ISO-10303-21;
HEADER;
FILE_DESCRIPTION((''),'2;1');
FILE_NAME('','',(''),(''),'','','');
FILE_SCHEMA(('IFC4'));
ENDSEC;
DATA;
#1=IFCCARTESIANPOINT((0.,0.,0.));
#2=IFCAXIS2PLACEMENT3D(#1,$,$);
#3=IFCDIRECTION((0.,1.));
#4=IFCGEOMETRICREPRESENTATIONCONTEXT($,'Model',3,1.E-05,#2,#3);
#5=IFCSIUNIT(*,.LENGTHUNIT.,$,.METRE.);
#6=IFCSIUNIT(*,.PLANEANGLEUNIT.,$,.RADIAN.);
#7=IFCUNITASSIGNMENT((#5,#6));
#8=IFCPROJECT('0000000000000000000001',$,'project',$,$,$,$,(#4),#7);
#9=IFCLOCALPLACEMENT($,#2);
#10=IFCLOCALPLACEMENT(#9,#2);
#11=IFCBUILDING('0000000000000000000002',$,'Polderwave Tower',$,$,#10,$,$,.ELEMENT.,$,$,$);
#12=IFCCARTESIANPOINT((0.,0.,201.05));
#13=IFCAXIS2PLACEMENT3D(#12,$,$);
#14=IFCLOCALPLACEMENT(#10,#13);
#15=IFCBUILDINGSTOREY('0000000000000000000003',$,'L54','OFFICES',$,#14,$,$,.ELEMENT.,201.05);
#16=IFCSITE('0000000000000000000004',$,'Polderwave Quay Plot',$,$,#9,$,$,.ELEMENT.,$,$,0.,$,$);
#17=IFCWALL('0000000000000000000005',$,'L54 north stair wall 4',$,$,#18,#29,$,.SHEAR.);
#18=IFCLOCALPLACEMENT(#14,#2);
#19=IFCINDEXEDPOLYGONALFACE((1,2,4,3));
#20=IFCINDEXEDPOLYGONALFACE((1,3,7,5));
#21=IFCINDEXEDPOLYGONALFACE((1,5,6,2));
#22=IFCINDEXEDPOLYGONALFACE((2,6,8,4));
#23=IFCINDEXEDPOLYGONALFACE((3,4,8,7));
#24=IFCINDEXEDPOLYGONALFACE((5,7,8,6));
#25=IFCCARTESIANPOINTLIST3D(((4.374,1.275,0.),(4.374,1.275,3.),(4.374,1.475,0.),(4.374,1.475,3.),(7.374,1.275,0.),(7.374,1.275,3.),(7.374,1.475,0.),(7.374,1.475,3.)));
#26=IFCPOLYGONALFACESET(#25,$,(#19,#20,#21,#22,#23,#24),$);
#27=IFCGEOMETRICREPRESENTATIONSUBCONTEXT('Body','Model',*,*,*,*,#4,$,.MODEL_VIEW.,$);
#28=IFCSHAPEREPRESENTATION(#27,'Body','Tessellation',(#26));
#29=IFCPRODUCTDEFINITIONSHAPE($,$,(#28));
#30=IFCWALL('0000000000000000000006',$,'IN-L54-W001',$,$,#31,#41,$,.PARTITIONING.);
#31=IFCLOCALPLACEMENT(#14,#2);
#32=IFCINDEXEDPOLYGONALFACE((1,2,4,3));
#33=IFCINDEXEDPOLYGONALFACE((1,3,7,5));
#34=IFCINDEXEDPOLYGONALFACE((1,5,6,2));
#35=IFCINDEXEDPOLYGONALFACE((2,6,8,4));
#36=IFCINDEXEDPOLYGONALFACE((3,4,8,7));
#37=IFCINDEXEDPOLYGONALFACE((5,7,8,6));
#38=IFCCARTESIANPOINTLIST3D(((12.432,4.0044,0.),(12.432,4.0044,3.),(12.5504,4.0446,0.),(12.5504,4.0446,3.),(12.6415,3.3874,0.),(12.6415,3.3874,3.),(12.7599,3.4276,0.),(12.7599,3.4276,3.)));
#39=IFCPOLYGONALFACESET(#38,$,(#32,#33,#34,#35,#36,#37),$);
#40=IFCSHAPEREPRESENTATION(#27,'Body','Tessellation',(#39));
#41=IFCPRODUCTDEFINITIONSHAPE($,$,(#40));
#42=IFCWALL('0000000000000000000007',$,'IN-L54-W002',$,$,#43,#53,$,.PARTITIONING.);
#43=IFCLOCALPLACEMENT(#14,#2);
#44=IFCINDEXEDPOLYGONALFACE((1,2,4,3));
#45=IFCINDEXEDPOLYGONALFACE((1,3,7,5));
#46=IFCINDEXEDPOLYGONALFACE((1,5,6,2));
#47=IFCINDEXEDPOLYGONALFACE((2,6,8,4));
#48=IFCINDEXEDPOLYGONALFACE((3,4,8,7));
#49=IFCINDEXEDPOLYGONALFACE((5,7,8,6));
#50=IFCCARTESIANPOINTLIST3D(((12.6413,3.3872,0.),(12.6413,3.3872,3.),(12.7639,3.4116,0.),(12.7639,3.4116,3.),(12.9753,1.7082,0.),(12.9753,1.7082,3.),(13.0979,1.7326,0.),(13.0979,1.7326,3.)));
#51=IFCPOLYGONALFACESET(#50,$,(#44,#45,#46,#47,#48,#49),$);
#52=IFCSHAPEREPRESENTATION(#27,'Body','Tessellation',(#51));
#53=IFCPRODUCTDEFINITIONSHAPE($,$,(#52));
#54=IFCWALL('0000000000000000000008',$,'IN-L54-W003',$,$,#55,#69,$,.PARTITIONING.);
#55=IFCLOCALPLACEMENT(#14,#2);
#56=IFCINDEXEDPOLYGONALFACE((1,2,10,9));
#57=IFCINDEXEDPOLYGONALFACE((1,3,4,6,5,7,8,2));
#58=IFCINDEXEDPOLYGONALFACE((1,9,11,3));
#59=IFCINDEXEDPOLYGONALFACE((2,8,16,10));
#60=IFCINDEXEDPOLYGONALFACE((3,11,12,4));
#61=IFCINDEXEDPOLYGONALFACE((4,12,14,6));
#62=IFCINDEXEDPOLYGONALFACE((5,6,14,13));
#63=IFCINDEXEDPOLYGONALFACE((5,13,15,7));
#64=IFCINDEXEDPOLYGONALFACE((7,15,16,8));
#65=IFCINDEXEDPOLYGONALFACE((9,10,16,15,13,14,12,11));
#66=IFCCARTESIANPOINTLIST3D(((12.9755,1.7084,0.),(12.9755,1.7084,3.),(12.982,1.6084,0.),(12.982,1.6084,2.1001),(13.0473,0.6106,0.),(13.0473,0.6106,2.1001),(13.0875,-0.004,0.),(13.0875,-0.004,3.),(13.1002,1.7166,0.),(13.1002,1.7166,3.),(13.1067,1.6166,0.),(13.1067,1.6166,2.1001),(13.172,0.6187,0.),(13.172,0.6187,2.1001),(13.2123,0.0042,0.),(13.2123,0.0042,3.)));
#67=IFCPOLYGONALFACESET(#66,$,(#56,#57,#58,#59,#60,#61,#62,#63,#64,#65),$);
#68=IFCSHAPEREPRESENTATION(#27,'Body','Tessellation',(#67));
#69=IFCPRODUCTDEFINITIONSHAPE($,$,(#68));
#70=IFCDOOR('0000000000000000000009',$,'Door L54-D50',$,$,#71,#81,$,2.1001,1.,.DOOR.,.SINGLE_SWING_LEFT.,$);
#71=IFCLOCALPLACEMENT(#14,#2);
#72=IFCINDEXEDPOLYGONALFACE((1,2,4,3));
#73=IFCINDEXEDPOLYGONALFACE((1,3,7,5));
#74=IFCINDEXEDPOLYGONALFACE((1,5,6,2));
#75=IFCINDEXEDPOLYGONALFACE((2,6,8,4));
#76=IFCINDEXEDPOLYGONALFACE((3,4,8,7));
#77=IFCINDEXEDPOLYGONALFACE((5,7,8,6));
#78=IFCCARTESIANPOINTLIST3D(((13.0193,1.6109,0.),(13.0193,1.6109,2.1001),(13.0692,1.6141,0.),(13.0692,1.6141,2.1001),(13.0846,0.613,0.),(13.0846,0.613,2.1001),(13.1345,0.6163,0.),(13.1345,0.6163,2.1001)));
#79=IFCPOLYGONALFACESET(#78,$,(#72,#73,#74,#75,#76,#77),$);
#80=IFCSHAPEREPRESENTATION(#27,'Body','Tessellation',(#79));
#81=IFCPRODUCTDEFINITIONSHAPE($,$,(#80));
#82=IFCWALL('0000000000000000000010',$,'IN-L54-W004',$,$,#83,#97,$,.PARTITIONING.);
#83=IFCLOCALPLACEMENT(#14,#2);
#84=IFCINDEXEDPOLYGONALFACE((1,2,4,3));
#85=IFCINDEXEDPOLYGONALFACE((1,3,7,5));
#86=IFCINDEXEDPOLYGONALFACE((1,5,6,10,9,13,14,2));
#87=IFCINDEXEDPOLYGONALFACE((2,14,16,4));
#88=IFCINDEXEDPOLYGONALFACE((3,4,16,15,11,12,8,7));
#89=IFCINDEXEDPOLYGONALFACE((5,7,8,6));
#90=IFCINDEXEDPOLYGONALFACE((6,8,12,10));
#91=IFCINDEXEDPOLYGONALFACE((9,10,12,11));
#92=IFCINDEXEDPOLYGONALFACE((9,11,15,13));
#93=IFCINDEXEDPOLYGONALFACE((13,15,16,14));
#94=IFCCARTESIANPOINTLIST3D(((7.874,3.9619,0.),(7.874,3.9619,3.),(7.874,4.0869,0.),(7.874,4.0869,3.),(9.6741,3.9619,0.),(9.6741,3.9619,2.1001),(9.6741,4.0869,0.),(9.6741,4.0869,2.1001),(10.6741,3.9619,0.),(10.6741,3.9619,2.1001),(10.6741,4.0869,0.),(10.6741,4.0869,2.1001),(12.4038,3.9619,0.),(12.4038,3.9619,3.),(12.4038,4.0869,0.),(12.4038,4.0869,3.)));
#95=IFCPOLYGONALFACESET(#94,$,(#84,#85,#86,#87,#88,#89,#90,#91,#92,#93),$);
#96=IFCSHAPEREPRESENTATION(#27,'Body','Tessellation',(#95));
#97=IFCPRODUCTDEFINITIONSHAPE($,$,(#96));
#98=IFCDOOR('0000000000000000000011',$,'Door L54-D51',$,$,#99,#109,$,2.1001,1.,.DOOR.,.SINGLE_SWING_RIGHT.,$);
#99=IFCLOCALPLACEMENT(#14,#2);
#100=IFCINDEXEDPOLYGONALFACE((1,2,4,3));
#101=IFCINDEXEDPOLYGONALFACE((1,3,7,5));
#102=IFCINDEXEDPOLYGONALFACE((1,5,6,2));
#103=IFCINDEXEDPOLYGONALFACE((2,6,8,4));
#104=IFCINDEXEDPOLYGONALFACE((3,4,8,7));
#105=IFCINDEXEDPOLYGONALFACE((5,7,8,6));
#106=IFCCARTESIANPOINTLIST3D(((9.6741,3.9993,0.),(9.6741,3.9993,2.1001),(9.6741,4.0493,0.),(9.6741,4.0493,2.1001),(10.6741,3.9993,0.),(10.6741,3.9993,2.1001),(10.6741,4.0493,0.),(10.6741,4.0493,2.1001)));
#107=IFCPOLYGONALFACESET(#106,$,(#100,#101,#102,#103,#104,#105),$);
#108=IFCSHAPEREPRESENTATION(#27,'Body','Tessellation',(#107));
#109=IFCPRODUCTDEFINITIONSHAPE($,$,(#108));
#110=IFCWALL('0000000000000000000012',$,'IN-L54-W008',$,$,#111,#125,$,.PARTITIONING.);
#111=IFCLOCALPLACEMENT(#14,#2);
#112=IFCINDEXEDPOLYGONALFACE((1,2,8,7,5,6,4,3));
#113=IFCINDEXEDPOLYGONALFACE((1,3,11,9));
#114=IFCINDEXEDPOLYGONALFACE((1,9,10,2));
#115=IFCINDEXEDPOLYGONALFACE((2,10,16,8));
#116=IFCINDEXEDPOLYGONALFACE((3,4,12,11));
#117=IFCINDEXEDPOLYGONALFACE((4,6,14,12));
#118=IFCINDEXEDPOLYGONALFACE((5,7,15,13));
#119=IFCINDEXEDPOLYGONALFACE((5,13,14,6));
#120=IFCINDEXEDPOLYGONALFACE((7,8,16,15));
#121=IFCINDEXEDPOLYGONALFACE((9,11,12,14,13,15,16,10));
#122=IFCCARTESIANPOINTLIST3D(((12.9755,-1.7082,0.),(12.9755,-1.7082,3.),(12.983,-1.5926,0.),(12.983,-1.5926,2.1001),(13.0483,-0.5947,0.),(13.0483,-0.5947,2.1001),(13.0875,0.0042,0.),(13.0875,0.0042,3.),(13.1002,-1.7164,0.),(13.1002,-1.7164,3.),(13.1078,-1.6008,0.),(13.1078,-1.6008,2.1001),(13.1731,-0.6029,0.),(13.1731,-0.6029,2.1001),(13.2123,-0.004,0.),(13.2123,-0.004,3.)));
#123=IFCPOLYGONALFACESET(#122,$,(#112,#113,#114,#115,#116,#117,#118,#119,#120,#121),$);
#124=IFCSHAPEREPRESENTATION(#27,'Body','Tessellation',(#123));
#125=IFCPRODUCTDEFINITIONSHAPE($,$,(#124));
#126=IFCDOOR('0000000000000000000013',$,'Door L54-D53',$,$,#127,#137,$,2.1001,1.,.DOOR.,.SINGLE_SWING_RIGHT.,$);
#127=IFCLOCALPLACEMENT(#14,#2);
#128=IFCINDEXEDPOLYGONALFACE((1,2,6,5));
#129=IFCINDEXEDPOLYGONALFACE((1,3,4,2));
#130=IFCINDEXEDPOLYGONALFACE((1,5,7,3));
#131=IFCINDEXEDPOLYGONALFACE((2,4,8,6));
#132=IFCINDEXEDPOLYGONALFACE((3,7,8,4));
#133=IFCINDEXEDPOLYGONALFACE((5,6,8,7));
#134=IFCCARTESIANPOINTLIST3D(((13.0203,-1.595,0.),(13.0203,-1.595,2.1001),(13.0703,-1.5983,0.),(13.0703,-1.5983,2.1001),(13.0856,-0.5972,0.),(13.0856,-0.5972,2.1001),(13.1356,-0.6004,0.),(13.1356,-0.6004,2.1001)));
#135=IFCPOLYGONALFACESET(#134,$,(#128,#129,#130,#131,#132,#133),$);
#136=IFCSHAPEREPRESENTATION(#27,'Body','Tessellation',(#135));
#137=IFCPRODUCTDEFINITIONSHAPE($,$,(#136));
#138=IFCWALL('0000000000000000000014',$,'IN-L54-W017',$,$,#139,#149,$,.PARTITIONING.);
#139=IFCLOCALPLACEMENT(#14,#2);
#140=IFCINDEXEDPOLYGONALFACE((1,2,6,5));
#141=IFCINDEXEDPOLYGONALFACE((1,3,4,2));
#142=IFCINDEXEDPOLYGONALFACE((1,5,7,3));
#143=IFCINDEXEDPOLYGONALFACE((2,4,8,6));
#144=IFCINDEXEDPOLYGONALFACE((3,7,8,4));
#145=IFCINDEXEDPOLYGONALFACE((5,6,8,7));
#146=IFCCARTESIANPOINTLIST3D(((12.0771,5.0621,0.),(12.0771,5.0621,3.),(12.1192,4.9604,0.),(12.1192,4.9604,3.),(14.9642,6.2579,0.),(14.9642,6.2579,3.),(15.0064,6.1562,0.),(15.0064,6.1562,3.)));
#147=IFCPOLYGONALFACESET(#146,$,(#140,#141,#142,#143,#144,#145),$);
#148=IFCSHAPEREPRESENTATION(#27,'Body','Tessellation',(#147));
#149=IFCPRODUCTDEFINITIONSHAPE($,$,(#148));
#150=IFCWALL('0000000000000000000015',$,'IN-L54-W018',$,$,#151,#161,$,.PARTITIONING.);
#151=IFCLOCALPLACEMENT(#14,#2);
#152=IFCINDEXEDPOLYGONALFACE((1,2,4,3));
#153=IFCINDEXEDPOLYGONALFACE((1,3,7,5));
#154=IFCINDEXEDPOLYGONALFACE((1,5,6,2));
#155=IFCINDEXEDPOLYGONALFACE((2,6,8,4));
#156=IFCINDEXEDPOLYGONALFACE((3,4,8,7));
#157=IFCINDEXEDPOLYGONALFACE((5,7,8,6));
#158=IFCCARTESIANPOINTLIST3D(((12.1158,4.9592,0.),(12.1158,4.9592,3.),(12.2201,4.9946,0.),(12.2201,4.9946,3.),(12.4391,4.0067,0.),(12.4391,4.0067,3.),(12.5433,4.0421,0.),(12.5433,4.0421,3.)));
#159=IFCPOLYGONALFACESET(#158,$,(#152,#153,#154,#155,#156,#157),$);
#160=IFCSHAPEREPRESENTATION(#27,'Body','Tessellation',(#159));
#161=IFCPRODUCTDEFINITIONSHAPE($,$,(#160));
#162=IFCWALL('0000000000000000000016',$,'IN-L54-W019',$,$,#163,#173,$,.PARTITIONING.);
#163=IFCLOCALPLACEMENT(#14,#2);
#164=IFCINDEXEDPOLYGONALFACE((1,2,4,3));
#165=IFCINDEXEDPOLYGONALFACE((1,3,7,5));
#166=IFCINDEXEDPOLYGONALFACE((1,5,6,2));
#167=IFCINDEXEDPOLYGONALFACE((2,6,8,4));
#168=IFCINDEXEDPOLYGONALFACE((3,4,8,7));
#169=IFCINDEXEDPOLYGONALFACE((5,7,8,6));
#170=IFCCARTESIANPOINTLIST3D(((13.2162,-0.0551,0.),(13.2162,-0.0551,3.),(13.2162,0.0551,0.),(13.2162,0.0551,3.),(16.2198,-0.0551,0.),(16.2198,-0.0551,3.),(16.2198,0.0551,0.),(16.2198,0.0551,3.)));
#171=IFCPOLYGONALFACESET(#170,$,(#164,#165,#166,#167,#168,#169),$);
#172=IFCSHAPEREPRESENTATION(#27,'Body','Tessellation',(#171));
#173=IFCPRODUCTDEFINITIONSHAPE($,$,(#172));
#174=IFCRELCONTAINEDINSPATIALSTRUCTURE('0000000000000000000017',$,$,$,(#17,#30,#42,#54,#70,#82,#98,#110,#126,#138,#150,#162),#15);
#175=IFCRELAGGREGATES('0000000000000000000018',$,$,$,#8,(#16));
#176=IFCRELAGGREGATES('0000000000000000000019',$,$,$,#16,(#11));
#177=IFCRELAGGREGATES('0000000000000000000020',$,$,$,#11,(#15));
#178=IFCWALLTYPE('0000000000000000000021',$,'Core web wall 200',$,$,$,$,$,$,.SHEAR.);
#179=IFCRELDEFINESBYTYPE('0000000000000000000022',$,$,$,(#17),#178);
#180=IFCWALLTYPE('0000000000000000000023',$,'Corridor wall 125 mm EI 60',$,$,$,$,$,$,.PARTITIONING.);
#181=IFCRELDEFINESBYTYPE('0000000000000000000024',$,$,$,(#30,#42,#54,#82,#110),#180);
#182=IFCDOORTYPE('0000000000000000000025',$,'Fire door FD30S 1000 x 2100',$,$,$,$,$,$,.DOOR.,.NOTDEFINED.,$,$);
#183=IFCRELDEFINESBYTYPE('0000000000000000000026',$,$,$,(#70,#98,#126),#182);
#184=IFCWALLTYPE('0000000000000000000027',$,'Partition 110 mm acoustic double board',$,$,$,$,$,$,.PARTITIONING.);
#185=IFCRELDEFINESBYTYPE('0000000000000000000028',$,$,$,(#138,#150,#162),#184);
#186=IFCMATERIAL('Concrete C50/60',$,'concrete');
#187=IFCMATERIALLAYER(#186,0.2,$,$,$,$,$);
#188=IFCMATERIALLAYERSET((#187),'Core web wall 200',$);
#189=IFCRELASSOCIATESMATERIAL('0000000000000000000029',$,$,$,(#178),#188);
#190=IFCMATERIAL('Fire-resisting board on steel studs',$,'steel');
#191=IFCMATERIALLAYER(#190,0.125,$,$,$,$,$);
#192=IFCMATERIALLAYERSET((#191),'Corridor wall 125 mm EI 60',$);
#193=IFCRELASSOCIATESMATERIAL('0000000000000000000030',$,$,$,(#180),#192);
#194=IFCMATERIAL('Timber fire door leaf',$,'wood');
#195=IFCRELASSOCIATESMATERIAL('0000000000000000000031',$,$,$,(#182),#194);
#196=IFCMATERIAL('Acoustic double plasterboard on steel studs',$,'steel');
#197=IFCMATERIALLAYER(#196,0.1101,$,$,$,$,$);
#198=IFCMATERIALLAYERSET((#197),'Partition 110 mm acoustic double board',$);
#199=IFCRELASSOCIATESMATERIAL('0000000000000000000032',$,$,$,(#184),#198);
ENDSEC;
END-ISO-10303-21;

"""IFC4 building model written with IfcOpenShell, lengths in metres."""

from ifc_helpers import new_model, si_unit, direction, frame, frame_2d, origin, place, context, subcontext, project, spatial, rectangle, extrude, material, layer, layer_set, type_object, element, fill, save


model = new_model("IFC4")

# Units and contexts
model_context = context("Model", 3, precision=1e-05, world=origin(), true_north=direction((0.0, 1.0)))
body_context = subcontext(model_context, "Body", "Model", "MODEL_VIEW")
ifc_project = project(units=[si_unit("LENGTHUNIT", "METRE"), si_unit("PLANEANGLEUNIT", "RADIAN")], contexts=[model_context])

# Site, building, storey
site_placement = place(None, origin())
site = spatial("IfcSite", under=ifc_project, at=site_placement, Name="Polderwave Quay Plot", CompositionType="ELEMENT", RefElevation=0.0)
building_placement = place(site_placement, origin())
building = spatial("IfcBuilding", under=site, at=building_placement, Name="Polderwave Tower", CompositionType="ELEMENT")
storey_placement = place(building_placement, frame((0.0, 0.0, 201.05)))
storey = spatial("IfcBuildingStorey", under=building, at=storey_placement, Name="L54", Description="OFFICES", CompositionType="ELEMENT", Elevation=201.05)

# Walls
ifc_material_1 = material(Name="Concrete C50/60", Category="concrete")
ifc_layer_1 = layer(ifc_material_1, 0.2)
ifc_layer_set_1 = layer_set([ifc_layer_1], Name="Core web wall 200")
wall_type_1 = type_object("IfcWallType", Name="Core web wall 200", PredefinedType="SHEAR", material=ifc_layer_set_1)
wall_1_placement = place(storey_placement, frame((4.374, 1.375, 0.0), z_axis=(0.0, 0.0, 1.0), x_axis=(1.0, 0.0, 0.0)))
element("IfcWall", 1, at=wall_1_placement, inside=storey, type_object=wall_type_1, Name="L54 north stair wall 4", PredefinedType="SHEAR", context=body_context, shape_type="SweptSolid", body=[
    extrude(rectangle(XDim=3.0, YDim=0.2, at=frame_2d((1.5, 0.0))), origin(), (0.0, 0.0, 1.0), 3.0),
])
ifc_material_2 = material(Name="Fire-resisting board on steel studs", Category="steel")
ifc_layer_2 = layer(ifc_material_2, 0.125)
ifc_layer_set_2 = layer_set([ifc_layer_2], Name="Corridor wall 125 mm EI 60")
wall_type_2 = type_object("IfcWallType", Name="Corridor wall 125 mm EI 60", PredefinedType="PARTITIONING", material=ifc_layer_set_2)
wall_2_placement = place(storey_placement, frame((12.4912, 4.0244, 0.0), z_axis=(0.0, 0.0, 1.0), x_axis=(0.321506, -0.946907, 0.0)))
element("IfcWall", 2, at=wall_2_placement, inside=storey, type_object=wall_type_2, Name="IN-L54-W001", PredefinedType="PARTITIONING", context=body_context, shape_type="SweptSolid", body=[
    extrude(rectangle(XDim=0.6516, YDim=0.125, at=frame_2d((0.3257, 0.0))), origin(), (0.0, 0.0, 1.0), 3.0),
])
wall_3_placement = place(storey_placement, frame((12.7026, 3.3994, 0.0), z_axis=(0.0, 0.0, 1.0), x_axis=(0.195101, -0.980783, 0.0)))
element("IfcWall", 3, at=wall_3_placement, inside=storey, type_object=wall_type_2, Name="IN-L54-W002", PredefinedType="PARTITIONING", context=body_context, shape_type="SweptSolid", body=[
    extrude(rectangle(XDim=1.7119, YDim=0.125, at=frame_2d((0.856, 0.0))), origin(), (0.0, 0.0, 1.0), 3.0),
])

# Walls, openings, doors
wall_4_placement = place(storey_placement, frame((13.0378, 1.7124, 0.0), z_axis=(0.0, 0.0, 1.0), x_axis=(0.065301, -0.997866, 0.0)))
wall_4 = element("IfcWall", 4, at=wall_4_placement, inside=storey, type_object=wall_type_2, Name="IN-L54-W003", PredefinedType="PARTITIONING", context=body_context, shape_type="SweptSolid", body=[
    extrude(rectangle(XDim=1.7161, YDim=0.125, at=frame_2d((0.8579, 0.0))), origin(), (0.0, 0.0, 1.0), 3.0),
])
opening_1_placement = place(wall_4_placement, frame((0.1001, 0.0, 0.0)))
opening_1 = element("IfcOpeningElement", 5, at=opening_1_placement, cuts=wall_4, PredefinedType="OPENING", context=body_context, shape_type="SweptSolid", body=[
    extrude(rectangle(XDim=1.0, YDim=2.1001, at=frame_2d((0.5, 1.05))), frame((0.0, 0.0725, 0.0), z_axis=(0.0, -1.0, 0.0), x_axis=(1.0, 0.0, 0.0)), (0.0, 0.0, 1.0), 0.145),
])
ifc_material_3 = material(Name="Timber fire door leaf", Category="wood")
door_type = type_object("IfcDoorType", Name="Fire door FD30S 1000 x 2100", OperationType="NOTDEFINED", PredefinedType="DOOR", material=ifc_material_3)
door_1_placement = place(opening_1_placement, origin())
door_1 = element("IfcDoor", 6, at=door_1_placement, inside=storey, type_object=door_type, Name="Door L54-D50", OperationType="SINGLE_SWING_LEFT", OverallHeight=2.1001, OverallWidth=1.0, PredefinedType="DOOR", context=body_context, shape_type="SweptSolid", body=[
    extrude(rectangle(XDim=1.0, YDim=2.1001, at=frame_2d((0.5, 1.05))), frame((0.0, 0.0249, 0.0), z_axis=(0.0, -1.0, 0.0), x_axis=(1.0, 0.0, 0.0)), (0.0, 0.0, 1.0), 0.05),
])
fill(opening_1, door_1)
wall_5_placement = place(storey_placement, frame((7.874, 4.0244, 0.0), z_axis=(0.0, 0.0, 1.0), x_axis=(1.0, 0.0, 0.0)))
wall_5 = element("IfcWall", 7, at=wall_5_placement, inside=storey, type_object=wall_type_2, Name="IN-L54-W004", PredefinedType="PARTITIONING", context=body_context, shape_type="SweptSolid", body=[
    extrude(rectangle(XDim=4.5298, YDim=0.125, at=frame_2d((2.2649, 0.0))), origin(), (0.0, 0.0, 1.0), 3.0),
])
opening_2_placement = place(wall_5_placement, frame((1.8, 0.0, 0.0)))
opening_2 = element("IfcOpeningElement", 8, at=opening_2_placement, cuts=wall_5, PredefinedType="OPENING", context=body_context, shape_type="SweptSolid", body=[
    extrude(rectangle(XDim=1.0, YDim=2.1001, at=frame_2d((0.5, 1.05))), frame((0.0, 0.0725, 0.0), z_axis=(0.0, -1.0, 0.0), x_axis=(1.0, 0.0, 0.0)), (0.0, 0.0, 1.0), 0.145),
])
door_2_placement = place(opening_2_placement, origin())
door_2 = element("IfcDoor", 9, at=door_2_placement, inside=storey, type_object=door_type, Name="Door L54-D51", OperationType="SINGLE_SWING_RIGHT", OverallHeight=2.1001, OverallWidth=1.0, PredefinedType="DOOR", context=body_context, shape_type="SweptSolid", body=[
    extrude(rectangle(XDim=1.0, YDim=2.1001, at=frame_2d((0.5, 1.05))), frame((0.0, 0.0249, 0.0), z_axis=(0.0, -1.0, 0.0), x_axis=(1.0, 0.0, 0.0)), (0.0, 0.0, 1.0), 0.05),
])
fill(opening_2, door_2)
wall_6_placement = place(storey_placement, frame((13.1499, 0.0, 0.0), z_axis=(0.0, 0.0, 1.0), x_axis=(-0.065301, -0.997866, 0.0)))
wall_6 = element("IfcWall", 10, at=wall_6_placement, inside=storey, type_object=wall_type_2, Name="IN-L54-W008", PredefinedType="PARTITIONING", context=body_context, shape_type="SweptSolid", body=[
    extrude(rectangle(XDim=1.7161, YDim=0.125, at=frame_2d((0.8579, 0.0))), origin(), (0.0, 0.0, 1.0), 3.0),
])
opening_3_placement = place(wall_6_placement, frame((0.6001, 0.0, 0.0)))
opening_3 = element("IfcOpeningElement", 11, at=opening_3_placement, cuts=wall_6, PredefinedType="OPENING", context=body_context, shape_type="SweptSolid", body=[
    extrude(rectangle(XDim=1.0, YDim=2.1001, at=frame_2d((0.5, 1.05))), frame((0.0, 0.0725, 0.0), z_axis=(0.0, -1.0, 0.0), x_axis=(1.0, 0.0, 0.0)), (0.0, 0.0, 1.0), 0.145),
])
door_3_placement = place(opening_3_placement, origin())
door_3 = element("IfcDoor", 12, at=door_3_placement, inside=storey, type_object=door_type, Name="Door L54-D53", OperationType="SINGLE_SWING_RIGHT", OverallHeight=2.1001, OverallWidth=1.0, PredefinedType="DOOR", context=body_context, shape_type="SweptSolid", body=[
    extrude(rectangle(XDim=1.0, YDim=2.1001, at=frame_2d((0.5, 1.05))), frame((0.0, 0.0249, 0.0), z_axis=(0.0, -1.0, 0.0), x_axis=(1.0, 0.0, 0.0)), (0.0, 0.0, 1.0), 0.05),
])
fill(opening_3, door_3)

# Walls
ifc_material_4 = material(Name="Acoustic double plasterboard on steel studs", Category="steel")
ifc_layer_3 = layer(ifc_material_4, 0.1101)
ifc_layer_set_3 = layer_set([ifc_layer_3], Name="Partition 110 mm acoustic double board")
wall_type_3 = type_object("IfcWallType", Name="Partition 110 mm acoustic double board", PredefinedType="PARTITIONING", material=ifc_layer_set_3)
wall_7_placement = place(storey_placement, frame((12.0981, 5.0112, 0.0), z_axis=(0.0, 0.0, 1.0), x_axis=(0.923893, 0.382651, 0.0)))
element("IfcWall", 13, at=wall_7_placement, inside=storey, type_object=wall_type_3, Name="IN-L54-W017", PredefinedType="PARTITIONING", context=body_context, shape_type="SweptSolid", body=[
    extrude(rectangle(XDim=3.125, YDim=0.1101, at=frame_2d((1.5625, 0.0))), origin(), (0.0, 0.0, 1.0), 3.0),
])
wall_8_placement = place(storey_placement, frame((12.4912, 4.0244, 0.0), z_axis=(0.0, 0.0, 1.0), x_axis=(-0.321394, 0.946946, 0.0)))
element("IfcWall", 14, at=wall_8_placement, inside=storey, type_object=wall_type_3, Name="IN-L54-W018", PredefinedType="PARTITIONING", context=body_context, shape_type="SweptSolid", body=[
    extrude(rectangle(XDim=1.0059, YDim=0.1101, at=frame_2d((0.5029, 0.0))), origin(), (0.0, 0.0, 1.0), 3.0),
])
wall_9_placement = place(storey_placement, frame((16.22, 0.0, 0.0), z_axis=(0.0, 0.0, 1.0), x_axis=(-1.0, 0.0, 0.0)))
element("IfcWall", 15, at=wall_9_placement, inside=storey, type_object=wall_type_3, Name="IN-L54-W019", PredefinedType="PARTITIONING", context=body_context, shape_type="SweptSolid", body=[
    extrude(rectangle(XDim=3.0037, YDim=0.1101, at=frame_2d((1.502, 0.0))), origin(), (0.0, 0.0, 1.0), 3.0),
])

save(model, "model.ifc")
